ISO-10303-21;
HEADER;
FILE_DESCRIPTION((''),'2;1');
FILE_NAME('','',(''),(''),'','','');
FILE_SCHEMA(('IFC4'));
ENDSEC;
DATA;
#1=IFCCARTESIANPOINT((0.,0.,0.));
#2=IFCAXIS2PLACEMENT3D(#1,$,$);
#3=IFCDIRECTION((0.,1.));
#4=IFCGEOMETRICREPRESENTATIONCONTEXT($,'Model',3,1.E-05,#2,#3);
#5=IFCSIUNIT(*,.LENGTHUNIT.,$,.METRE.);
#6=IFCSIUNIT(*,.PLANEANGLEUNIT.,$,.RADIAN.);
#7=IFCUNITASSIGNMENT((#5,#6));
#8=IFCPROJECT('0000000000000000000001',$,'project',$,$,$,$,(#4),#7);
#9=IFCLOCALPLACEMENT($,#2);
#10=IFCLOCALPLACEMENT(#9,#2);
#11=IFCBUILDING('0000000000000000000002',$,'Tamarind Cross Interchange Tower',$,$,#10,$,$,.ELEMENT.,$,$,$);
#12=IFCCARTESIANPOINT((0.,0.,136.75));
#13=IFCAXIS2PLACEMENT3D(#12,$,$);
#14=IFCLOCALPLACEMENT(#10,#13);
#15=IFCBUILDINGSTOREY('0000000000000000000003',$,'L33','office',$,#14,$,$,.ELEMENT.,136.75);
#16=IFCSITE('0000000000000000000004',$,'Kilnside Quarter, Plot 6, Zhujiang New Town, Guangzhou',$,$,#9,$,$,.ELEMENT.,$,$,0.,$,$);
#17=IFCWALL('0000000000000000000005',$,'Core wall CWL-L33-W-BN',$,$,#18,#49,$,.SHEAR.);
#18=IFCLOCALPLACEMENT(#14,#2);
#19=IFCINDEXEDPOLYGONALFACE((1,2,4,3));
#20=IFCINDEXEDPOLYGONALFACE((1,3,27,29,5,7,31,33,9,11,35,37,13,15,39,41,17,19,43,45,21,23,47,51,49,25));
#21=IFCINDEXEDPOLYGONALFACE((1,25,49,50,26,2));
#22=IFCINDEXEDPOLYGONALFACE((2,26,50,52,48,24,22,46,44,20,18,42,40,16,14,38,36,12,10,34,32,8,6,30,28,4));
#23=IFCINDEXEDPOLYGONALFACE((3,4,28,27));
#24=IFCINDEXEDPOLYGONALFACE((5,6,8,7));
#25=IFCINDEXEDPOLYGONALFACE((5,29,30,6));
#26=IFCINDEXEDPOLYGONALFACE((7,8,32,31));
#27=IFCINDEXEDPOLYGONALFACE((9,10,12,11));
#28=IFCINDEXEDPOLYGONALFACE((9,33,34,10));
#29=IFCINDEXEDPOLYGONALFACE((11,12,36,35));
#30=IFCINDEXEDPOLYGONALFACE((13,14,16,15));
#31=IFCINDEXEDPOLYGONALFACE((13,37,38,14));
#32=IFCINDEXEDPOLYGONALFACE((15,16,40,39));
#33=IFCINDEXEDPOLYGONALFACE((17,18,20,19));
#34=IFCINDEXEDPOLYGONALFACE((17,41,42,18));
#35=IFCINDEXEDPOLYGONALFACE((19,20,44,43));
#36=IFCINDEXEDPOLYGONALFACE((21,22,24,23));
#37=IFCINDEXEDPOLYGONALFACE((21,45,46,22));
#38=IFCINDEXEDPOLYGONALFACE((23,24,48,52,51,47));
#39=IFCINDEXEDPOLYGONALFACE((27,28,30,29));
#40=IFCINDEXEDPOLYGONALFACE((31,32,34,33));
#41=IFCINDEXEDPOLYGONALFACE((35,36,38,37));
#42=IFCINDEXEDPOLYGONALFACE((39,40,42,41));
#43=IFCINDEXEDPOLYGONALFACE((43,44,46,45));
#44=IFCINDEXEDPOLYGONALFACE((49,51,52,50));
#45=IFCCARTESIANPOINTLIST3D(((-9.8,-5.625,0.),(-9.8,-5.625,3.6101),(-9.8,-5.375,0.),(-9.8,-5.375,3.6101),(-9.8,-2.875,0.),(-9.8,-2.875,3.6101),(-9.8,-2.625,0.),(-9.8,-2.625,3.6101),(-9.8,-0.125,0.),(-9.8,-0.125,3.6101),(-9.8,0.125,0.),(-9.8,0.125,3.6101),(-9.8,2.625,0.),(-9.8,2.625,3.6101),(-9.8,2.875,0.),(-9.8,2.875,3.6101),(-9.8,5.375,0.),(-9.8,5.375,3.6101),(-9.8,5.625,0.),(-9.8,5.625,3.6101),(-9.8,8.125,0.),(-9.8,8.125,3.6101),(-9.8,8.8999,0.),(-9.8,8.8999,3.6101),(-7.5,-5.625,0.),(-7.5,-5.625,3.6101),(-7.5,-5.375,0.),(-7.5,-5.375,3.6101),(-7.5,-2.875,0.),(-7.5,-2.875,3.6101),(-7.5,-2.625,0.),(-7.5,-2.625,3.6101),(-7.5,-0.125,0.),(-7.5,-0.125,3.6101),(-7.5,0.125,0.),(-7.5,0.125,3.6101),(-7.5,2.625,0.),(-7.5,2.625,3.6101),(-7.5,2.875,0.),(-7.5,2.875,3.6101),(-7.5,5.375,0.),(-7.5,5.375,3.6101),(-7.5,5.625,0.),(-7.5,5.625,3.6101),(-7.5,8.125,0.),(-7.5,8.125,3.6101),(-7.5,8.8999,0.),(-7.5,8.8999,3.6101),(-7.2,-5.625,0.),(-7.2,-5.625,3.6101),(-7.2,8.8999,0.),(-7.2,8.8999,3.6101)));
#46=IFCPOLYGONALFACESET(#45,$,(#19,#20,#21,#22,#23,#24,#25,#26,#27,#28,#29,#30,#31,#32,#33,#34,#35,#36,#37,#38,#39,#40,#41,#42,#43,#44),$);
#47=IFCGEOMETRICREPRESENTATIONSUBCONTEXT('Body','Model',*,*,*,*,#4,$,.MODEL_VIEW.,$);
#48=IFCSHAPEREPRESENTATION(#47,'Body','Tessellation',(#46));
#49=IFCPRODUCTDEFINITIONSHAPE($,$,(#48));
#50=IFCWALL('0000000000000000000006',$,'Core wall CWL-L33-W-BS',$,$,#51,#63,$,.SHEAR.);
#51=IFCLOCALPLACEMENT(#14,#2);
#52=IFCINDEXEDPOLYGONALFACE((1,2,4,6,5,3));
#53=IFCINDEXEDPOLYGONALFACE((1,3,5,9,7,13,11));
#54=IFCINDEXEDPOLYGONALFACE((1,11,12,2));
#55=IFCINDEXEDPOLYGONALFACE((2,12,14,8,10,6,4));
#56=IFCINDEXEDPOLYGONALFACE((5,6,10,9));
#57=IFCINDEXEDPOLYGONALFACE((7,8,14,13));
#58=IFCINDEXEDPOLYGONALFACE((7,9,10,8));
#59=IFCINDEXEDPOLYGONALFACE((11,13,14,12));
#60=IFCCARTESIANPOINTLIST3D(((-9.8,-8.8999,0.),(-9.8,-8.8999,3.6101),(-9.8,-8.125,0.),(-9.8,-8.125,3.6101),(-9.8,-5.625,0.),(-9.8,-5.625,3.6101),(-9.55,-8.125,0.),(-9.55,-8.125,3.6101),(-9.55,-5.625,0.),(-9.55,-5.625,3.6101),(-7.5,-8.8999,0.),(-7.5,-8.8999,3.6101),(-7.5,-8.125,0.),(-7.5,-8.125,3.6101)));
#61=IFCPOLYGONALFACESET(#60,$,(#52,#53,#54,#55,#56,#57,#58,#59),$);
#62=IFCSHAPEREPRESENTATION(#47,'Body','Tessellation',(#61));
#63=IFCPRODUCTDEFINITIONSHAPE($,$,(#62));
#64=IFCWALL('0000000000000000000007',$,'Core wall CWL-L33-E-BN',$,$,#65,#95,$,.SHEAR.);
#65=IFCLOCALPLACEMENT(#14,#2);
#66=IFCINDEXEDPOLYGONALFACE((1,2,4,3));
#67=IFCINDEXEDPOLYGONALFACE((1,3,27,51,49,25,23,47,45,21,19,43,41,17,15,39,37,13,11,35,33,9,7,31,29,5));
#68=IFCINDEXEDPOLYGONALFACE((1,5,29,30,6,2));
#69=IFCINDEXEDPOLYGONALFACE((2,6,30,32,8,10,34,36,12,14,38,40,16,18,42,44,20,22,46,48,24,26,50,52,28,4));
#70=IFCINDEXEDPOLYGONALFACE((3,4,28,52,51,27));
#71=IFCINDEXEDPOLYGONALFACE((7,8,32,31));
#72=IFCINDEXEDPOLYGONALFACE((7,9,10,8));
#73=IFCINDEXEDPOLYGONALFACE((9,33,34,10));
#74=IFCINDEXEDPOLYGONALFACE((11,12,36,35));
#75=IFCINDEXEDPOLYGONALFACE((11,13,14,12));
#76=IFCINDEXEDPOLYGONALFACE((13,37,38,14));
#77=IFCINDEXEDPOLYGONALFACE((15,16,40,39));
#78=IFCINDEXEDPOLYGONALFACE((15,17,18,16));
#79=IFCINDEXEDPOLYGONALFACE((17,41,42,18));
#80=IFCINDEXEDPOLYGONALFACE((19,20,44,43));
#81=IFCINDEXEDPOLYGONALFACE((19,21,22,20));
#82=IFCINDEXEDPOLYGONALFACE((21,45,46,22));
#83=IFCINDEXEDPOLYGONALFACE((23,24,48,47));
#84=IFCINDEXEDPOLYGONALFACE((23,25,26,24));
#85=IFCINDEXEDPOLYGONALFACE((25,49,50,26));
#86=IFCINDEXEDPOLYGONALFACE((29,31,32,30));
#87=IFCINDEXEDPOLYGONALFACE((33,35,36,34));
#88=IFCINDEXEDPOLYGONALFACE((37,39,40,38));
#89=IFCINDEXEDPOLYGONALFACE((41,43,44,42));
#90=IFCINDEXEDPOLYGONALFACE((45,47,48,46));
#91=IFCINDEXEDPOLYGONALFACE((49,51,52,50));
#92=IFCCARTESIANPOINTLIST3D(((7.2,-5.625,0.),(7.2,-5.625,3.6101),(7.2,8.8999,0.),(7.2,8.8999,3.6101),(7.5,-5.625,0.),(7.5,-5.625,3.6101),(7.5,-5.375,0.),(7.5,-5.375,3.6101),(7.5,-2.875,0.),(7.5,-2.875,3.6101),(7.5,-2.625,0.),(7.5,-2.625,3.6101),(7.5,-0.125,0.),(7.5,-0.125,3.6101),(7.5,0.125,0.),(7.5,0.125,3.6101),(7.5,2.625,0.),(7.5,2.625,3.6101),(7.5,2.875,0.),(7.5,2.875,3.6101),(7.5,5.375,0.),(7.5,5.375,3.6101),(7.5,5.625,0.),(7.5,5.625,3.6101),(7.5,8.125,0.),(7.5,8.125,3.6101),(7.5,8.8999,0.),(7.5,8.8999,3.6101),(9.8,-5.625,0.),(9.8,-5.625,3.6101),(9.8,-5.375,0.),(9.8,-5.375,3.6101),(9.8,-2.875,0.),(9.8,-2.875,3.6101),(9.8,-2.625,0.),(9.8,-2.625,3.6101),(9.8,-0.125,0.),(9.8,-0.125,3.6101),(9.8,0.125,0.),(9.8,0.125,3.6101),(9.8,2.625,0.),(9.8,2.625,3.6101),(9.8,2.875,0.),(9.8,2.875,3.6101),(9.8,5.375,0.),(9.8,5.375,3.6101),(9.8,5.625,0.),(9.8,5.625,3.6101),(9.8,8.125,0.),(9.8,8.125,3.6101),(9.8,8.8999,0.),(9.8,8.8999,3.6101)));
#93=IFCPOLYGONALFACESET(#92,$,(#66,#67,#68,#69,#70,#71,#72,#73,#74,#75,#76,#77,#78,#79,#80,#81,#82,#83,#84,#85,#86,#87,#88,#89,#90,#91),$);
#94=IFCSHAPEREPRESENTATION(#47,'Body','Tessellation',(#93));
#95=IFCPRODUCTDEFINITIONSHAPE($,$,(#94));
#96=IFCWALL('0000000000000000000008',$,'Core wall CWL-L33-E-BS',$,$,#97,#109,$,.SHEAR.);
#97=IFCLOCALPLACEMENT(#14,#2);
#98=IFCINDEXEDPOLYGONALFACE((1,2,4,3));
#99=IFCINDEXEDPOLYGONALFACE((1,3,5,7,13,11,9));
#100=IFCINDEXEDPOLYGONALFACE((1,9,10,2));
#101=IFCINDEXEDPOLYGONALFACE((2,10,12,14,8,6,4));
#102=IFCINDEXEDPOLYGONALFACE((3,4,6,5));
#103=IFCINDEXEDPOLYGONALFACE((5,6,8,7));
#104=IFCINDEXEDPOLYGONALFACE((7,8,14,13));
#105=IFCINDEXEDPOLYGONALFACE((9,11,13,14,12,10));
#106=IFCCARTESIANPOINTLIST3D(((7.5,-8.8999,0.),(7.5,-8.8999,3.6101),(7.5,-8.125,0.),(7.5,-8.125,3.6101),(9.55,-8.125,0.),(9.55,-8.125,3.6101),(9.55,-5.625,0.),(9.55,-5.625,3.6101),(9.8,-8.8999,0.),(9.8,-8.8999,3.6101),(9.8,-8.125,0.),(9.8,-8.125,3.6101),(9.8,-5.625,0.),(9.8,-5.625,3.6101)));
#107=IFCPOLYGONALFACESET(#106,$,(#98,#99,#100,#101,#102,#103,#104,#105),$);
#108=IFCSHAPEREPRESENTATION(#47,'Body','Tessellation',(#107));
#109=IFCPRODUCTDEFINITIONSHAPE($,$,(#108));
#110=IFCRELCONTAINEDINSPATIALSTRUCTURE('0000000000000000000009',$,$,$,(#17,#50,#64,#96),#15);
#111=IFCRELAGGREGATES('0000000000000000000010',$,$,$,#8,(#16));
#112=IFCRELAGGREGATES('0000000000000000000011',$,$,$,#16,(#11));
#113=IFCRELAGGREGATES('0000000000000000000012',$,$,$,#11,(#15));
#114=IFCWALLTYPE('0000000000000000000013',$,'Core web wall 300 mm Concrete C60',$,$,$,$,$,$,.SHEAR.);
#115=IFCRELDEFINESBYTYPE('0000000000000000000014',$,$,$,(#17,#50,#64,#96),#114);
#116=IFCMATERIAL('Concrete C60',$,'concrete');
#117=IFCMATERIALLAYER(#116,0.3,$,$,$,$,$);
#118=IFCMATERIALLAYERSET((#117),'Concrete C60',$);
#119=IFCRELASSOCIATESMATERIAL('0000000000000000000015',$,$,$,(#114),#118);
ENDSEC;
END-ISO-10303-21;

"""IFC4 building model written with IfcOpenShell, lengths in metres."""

from ifc_helpers import new_model, si_unit, direction, frame, origin, place, context, subcontext, project, spatial, polyline, outline, extrude, material, layer, layer_set, type_object, element, save


model = new_model("IFC4")

# Units and contexts
model_context = context("Model", 3, precision=1e-05, world=origin(), true_north=direction((0.0, 1.0)))
body_context = subcontext(model_context, "Body", "Model", "MODEL_VIEW")
ifc_project = project(units=[si_unit("LENGTHUNIT", "METRE"), si_unit("PLANEANGLEUNIT", "RADIAN")], contexts=[model_context])

# Site, building, storey
site_placement = place(None, origin())
site = spatial("IfcSite", under=ifc_project, at=site_placement, Name="Kilnside Quarter, Plot 6, Zhujiang New Town, Guangzhou", CompositionType="ELEMENT", RefElevation=0.0)
building_placement = place(site_placement, origin())
building = spatial("IfcBuilding", under=site, at=building_placement, Name="Tamarind Cross Interchange Tower", CompositionType="ELEMENT")
storey_placement = place(building_placement, frame((0.0, 0.0, 136.75)))
storey = spatial("IfcBuildingStorey", under=building, at=storey_placement, Name="L33", Description="office", CompositionType="ELEMENT", Elevation=136.75)

# Walls
ifc_material_1 = material(Name="Concrete C60", Category="concrete")
ifc_layer_1 = layer(ifc_material_1, 0.3)
ifc_layer_set_1 = layer_set([ifc_layer_1], Name="Concrete C60")
wall_type_1 = type_object("IfcWallType", Name="Core web wall 300 mm Concrete C60", PredefinedType="SHEAR", material=ifc_layer_set_1)
wall_1_placement = place(storey_placement, origin())
element("IfcWall", 1, at=wall_1_placement, inside=storey, type_object=wall_type_1, Name="Core wall CWL-L33-W-BN", PredefinedType="SHEAR", context=body_context, shape_type="SweptSolid", body=[
    extrude(outline(polyline([(-9.8, -5.375), (-9.8, -5.625), (-7.5, -5.625), (-7.2, -5.625), (-7.2, 8.8999), (-7.5, 8.8999), (-9.8, 8.8999), (-9.8, 8.125), (-7.5, 8.125), (-7.5, 5.625), (-9.8, 5.625), (-9.8, 5.375), (-7.5, 5.375), (-7.5, 2.875), (-9.8, 2.875), (-9.8, 2.625), (-7.5, 2.625), (-7.5, 0.125), (-9.8, 0.125), (-9.8, -0.125), (-7.5, -0.125), (-7.5, -2.625), (-9.8, -2.625), (-9.8, -2.875), (-7.5, -2.875), (-7.5, -5.375), (-9.8, -5.375)])), origin(), (0.0, 0.0, 1.0), 3.6101),
])
wall_2_placement = place(storey_placement, origin())
element("IfcWall", 2, at=wall_2_placement, inside=storey, type_object=wall_type_1, Name="Core wall CWL-L33-W-BS", PredefinedType="SHEAR", context=body_context, shape_type="SweptSolid", body=[
    extrude(outline(polyline([(-7.5, -8.125), (-9.55, -8.125), (-9.55, -5.625), (-9.8, -5.625), (-9.8, -8.125), (-9.8, -8.8999), (-7.5, -8.8999), (-7.5, -8.125)])), origin(), (0.0, 0.0, 1.0), 3.6101),
])
wall_3_placement = place(storey_placement, origin())
element("IfcWall", 3, at=wall_3_placement, inside=storey, type_object=wall_type_1, Name="Core wall CWL-L33-E-BN", PredefinedType="SHEAR", context=body_context, shape_type="SweptSolid", body=[
    extrude(outline(polyline([(9.8, -5.375), (7.5, -5.375), (7.5, -2.875), (9.8, -2.875), (9.8, -2.625), (7.5, -2.625), (7.5, -0.125), (9.8, -0.125), (9.8, 0.125), (7.5, 0.125), (7.5, 2.625), (9.8, 2.625), (9.8, 2.875), (7.5, 2.875), (7.5, 5.375), (9.8, 5.375), (9.8, 5.625), (7.5, 5.625), (7.5, 8.125), (9.8, 8.125), (9.8, 8.8999), (7.5, 8.8999), (7.2, 8.8999), (7.2, -5.625), (7.5, -5.625), (9.8, -5.625), (9.8, -5.375)])), origin(), (0.0, 0.0, 1.0), 3.6101),
])
wall_4_placement = place(storey_placement, origin())
element("IfcWall", 4, at=wall_4_placement, inside=storey, type_object=wall_type_1, Name="Core wall CWL-L33-E-BS", PredefinedType="SHEAR", context=body_context, shape_type="SweptSolid", body=[
    extrude(outline(polyline([(7.5, -8.125), (7.5, -8.8999), (9.8, -8.8999), (9.8, -8.125), (9.8, -5.625), (9.55, -5.625), (9.55, -8.125), (7.5, -8.125)])), origin(), (0.0, 0.0, 1.0), 3.6101),
])

save(model, "model.ifc")
